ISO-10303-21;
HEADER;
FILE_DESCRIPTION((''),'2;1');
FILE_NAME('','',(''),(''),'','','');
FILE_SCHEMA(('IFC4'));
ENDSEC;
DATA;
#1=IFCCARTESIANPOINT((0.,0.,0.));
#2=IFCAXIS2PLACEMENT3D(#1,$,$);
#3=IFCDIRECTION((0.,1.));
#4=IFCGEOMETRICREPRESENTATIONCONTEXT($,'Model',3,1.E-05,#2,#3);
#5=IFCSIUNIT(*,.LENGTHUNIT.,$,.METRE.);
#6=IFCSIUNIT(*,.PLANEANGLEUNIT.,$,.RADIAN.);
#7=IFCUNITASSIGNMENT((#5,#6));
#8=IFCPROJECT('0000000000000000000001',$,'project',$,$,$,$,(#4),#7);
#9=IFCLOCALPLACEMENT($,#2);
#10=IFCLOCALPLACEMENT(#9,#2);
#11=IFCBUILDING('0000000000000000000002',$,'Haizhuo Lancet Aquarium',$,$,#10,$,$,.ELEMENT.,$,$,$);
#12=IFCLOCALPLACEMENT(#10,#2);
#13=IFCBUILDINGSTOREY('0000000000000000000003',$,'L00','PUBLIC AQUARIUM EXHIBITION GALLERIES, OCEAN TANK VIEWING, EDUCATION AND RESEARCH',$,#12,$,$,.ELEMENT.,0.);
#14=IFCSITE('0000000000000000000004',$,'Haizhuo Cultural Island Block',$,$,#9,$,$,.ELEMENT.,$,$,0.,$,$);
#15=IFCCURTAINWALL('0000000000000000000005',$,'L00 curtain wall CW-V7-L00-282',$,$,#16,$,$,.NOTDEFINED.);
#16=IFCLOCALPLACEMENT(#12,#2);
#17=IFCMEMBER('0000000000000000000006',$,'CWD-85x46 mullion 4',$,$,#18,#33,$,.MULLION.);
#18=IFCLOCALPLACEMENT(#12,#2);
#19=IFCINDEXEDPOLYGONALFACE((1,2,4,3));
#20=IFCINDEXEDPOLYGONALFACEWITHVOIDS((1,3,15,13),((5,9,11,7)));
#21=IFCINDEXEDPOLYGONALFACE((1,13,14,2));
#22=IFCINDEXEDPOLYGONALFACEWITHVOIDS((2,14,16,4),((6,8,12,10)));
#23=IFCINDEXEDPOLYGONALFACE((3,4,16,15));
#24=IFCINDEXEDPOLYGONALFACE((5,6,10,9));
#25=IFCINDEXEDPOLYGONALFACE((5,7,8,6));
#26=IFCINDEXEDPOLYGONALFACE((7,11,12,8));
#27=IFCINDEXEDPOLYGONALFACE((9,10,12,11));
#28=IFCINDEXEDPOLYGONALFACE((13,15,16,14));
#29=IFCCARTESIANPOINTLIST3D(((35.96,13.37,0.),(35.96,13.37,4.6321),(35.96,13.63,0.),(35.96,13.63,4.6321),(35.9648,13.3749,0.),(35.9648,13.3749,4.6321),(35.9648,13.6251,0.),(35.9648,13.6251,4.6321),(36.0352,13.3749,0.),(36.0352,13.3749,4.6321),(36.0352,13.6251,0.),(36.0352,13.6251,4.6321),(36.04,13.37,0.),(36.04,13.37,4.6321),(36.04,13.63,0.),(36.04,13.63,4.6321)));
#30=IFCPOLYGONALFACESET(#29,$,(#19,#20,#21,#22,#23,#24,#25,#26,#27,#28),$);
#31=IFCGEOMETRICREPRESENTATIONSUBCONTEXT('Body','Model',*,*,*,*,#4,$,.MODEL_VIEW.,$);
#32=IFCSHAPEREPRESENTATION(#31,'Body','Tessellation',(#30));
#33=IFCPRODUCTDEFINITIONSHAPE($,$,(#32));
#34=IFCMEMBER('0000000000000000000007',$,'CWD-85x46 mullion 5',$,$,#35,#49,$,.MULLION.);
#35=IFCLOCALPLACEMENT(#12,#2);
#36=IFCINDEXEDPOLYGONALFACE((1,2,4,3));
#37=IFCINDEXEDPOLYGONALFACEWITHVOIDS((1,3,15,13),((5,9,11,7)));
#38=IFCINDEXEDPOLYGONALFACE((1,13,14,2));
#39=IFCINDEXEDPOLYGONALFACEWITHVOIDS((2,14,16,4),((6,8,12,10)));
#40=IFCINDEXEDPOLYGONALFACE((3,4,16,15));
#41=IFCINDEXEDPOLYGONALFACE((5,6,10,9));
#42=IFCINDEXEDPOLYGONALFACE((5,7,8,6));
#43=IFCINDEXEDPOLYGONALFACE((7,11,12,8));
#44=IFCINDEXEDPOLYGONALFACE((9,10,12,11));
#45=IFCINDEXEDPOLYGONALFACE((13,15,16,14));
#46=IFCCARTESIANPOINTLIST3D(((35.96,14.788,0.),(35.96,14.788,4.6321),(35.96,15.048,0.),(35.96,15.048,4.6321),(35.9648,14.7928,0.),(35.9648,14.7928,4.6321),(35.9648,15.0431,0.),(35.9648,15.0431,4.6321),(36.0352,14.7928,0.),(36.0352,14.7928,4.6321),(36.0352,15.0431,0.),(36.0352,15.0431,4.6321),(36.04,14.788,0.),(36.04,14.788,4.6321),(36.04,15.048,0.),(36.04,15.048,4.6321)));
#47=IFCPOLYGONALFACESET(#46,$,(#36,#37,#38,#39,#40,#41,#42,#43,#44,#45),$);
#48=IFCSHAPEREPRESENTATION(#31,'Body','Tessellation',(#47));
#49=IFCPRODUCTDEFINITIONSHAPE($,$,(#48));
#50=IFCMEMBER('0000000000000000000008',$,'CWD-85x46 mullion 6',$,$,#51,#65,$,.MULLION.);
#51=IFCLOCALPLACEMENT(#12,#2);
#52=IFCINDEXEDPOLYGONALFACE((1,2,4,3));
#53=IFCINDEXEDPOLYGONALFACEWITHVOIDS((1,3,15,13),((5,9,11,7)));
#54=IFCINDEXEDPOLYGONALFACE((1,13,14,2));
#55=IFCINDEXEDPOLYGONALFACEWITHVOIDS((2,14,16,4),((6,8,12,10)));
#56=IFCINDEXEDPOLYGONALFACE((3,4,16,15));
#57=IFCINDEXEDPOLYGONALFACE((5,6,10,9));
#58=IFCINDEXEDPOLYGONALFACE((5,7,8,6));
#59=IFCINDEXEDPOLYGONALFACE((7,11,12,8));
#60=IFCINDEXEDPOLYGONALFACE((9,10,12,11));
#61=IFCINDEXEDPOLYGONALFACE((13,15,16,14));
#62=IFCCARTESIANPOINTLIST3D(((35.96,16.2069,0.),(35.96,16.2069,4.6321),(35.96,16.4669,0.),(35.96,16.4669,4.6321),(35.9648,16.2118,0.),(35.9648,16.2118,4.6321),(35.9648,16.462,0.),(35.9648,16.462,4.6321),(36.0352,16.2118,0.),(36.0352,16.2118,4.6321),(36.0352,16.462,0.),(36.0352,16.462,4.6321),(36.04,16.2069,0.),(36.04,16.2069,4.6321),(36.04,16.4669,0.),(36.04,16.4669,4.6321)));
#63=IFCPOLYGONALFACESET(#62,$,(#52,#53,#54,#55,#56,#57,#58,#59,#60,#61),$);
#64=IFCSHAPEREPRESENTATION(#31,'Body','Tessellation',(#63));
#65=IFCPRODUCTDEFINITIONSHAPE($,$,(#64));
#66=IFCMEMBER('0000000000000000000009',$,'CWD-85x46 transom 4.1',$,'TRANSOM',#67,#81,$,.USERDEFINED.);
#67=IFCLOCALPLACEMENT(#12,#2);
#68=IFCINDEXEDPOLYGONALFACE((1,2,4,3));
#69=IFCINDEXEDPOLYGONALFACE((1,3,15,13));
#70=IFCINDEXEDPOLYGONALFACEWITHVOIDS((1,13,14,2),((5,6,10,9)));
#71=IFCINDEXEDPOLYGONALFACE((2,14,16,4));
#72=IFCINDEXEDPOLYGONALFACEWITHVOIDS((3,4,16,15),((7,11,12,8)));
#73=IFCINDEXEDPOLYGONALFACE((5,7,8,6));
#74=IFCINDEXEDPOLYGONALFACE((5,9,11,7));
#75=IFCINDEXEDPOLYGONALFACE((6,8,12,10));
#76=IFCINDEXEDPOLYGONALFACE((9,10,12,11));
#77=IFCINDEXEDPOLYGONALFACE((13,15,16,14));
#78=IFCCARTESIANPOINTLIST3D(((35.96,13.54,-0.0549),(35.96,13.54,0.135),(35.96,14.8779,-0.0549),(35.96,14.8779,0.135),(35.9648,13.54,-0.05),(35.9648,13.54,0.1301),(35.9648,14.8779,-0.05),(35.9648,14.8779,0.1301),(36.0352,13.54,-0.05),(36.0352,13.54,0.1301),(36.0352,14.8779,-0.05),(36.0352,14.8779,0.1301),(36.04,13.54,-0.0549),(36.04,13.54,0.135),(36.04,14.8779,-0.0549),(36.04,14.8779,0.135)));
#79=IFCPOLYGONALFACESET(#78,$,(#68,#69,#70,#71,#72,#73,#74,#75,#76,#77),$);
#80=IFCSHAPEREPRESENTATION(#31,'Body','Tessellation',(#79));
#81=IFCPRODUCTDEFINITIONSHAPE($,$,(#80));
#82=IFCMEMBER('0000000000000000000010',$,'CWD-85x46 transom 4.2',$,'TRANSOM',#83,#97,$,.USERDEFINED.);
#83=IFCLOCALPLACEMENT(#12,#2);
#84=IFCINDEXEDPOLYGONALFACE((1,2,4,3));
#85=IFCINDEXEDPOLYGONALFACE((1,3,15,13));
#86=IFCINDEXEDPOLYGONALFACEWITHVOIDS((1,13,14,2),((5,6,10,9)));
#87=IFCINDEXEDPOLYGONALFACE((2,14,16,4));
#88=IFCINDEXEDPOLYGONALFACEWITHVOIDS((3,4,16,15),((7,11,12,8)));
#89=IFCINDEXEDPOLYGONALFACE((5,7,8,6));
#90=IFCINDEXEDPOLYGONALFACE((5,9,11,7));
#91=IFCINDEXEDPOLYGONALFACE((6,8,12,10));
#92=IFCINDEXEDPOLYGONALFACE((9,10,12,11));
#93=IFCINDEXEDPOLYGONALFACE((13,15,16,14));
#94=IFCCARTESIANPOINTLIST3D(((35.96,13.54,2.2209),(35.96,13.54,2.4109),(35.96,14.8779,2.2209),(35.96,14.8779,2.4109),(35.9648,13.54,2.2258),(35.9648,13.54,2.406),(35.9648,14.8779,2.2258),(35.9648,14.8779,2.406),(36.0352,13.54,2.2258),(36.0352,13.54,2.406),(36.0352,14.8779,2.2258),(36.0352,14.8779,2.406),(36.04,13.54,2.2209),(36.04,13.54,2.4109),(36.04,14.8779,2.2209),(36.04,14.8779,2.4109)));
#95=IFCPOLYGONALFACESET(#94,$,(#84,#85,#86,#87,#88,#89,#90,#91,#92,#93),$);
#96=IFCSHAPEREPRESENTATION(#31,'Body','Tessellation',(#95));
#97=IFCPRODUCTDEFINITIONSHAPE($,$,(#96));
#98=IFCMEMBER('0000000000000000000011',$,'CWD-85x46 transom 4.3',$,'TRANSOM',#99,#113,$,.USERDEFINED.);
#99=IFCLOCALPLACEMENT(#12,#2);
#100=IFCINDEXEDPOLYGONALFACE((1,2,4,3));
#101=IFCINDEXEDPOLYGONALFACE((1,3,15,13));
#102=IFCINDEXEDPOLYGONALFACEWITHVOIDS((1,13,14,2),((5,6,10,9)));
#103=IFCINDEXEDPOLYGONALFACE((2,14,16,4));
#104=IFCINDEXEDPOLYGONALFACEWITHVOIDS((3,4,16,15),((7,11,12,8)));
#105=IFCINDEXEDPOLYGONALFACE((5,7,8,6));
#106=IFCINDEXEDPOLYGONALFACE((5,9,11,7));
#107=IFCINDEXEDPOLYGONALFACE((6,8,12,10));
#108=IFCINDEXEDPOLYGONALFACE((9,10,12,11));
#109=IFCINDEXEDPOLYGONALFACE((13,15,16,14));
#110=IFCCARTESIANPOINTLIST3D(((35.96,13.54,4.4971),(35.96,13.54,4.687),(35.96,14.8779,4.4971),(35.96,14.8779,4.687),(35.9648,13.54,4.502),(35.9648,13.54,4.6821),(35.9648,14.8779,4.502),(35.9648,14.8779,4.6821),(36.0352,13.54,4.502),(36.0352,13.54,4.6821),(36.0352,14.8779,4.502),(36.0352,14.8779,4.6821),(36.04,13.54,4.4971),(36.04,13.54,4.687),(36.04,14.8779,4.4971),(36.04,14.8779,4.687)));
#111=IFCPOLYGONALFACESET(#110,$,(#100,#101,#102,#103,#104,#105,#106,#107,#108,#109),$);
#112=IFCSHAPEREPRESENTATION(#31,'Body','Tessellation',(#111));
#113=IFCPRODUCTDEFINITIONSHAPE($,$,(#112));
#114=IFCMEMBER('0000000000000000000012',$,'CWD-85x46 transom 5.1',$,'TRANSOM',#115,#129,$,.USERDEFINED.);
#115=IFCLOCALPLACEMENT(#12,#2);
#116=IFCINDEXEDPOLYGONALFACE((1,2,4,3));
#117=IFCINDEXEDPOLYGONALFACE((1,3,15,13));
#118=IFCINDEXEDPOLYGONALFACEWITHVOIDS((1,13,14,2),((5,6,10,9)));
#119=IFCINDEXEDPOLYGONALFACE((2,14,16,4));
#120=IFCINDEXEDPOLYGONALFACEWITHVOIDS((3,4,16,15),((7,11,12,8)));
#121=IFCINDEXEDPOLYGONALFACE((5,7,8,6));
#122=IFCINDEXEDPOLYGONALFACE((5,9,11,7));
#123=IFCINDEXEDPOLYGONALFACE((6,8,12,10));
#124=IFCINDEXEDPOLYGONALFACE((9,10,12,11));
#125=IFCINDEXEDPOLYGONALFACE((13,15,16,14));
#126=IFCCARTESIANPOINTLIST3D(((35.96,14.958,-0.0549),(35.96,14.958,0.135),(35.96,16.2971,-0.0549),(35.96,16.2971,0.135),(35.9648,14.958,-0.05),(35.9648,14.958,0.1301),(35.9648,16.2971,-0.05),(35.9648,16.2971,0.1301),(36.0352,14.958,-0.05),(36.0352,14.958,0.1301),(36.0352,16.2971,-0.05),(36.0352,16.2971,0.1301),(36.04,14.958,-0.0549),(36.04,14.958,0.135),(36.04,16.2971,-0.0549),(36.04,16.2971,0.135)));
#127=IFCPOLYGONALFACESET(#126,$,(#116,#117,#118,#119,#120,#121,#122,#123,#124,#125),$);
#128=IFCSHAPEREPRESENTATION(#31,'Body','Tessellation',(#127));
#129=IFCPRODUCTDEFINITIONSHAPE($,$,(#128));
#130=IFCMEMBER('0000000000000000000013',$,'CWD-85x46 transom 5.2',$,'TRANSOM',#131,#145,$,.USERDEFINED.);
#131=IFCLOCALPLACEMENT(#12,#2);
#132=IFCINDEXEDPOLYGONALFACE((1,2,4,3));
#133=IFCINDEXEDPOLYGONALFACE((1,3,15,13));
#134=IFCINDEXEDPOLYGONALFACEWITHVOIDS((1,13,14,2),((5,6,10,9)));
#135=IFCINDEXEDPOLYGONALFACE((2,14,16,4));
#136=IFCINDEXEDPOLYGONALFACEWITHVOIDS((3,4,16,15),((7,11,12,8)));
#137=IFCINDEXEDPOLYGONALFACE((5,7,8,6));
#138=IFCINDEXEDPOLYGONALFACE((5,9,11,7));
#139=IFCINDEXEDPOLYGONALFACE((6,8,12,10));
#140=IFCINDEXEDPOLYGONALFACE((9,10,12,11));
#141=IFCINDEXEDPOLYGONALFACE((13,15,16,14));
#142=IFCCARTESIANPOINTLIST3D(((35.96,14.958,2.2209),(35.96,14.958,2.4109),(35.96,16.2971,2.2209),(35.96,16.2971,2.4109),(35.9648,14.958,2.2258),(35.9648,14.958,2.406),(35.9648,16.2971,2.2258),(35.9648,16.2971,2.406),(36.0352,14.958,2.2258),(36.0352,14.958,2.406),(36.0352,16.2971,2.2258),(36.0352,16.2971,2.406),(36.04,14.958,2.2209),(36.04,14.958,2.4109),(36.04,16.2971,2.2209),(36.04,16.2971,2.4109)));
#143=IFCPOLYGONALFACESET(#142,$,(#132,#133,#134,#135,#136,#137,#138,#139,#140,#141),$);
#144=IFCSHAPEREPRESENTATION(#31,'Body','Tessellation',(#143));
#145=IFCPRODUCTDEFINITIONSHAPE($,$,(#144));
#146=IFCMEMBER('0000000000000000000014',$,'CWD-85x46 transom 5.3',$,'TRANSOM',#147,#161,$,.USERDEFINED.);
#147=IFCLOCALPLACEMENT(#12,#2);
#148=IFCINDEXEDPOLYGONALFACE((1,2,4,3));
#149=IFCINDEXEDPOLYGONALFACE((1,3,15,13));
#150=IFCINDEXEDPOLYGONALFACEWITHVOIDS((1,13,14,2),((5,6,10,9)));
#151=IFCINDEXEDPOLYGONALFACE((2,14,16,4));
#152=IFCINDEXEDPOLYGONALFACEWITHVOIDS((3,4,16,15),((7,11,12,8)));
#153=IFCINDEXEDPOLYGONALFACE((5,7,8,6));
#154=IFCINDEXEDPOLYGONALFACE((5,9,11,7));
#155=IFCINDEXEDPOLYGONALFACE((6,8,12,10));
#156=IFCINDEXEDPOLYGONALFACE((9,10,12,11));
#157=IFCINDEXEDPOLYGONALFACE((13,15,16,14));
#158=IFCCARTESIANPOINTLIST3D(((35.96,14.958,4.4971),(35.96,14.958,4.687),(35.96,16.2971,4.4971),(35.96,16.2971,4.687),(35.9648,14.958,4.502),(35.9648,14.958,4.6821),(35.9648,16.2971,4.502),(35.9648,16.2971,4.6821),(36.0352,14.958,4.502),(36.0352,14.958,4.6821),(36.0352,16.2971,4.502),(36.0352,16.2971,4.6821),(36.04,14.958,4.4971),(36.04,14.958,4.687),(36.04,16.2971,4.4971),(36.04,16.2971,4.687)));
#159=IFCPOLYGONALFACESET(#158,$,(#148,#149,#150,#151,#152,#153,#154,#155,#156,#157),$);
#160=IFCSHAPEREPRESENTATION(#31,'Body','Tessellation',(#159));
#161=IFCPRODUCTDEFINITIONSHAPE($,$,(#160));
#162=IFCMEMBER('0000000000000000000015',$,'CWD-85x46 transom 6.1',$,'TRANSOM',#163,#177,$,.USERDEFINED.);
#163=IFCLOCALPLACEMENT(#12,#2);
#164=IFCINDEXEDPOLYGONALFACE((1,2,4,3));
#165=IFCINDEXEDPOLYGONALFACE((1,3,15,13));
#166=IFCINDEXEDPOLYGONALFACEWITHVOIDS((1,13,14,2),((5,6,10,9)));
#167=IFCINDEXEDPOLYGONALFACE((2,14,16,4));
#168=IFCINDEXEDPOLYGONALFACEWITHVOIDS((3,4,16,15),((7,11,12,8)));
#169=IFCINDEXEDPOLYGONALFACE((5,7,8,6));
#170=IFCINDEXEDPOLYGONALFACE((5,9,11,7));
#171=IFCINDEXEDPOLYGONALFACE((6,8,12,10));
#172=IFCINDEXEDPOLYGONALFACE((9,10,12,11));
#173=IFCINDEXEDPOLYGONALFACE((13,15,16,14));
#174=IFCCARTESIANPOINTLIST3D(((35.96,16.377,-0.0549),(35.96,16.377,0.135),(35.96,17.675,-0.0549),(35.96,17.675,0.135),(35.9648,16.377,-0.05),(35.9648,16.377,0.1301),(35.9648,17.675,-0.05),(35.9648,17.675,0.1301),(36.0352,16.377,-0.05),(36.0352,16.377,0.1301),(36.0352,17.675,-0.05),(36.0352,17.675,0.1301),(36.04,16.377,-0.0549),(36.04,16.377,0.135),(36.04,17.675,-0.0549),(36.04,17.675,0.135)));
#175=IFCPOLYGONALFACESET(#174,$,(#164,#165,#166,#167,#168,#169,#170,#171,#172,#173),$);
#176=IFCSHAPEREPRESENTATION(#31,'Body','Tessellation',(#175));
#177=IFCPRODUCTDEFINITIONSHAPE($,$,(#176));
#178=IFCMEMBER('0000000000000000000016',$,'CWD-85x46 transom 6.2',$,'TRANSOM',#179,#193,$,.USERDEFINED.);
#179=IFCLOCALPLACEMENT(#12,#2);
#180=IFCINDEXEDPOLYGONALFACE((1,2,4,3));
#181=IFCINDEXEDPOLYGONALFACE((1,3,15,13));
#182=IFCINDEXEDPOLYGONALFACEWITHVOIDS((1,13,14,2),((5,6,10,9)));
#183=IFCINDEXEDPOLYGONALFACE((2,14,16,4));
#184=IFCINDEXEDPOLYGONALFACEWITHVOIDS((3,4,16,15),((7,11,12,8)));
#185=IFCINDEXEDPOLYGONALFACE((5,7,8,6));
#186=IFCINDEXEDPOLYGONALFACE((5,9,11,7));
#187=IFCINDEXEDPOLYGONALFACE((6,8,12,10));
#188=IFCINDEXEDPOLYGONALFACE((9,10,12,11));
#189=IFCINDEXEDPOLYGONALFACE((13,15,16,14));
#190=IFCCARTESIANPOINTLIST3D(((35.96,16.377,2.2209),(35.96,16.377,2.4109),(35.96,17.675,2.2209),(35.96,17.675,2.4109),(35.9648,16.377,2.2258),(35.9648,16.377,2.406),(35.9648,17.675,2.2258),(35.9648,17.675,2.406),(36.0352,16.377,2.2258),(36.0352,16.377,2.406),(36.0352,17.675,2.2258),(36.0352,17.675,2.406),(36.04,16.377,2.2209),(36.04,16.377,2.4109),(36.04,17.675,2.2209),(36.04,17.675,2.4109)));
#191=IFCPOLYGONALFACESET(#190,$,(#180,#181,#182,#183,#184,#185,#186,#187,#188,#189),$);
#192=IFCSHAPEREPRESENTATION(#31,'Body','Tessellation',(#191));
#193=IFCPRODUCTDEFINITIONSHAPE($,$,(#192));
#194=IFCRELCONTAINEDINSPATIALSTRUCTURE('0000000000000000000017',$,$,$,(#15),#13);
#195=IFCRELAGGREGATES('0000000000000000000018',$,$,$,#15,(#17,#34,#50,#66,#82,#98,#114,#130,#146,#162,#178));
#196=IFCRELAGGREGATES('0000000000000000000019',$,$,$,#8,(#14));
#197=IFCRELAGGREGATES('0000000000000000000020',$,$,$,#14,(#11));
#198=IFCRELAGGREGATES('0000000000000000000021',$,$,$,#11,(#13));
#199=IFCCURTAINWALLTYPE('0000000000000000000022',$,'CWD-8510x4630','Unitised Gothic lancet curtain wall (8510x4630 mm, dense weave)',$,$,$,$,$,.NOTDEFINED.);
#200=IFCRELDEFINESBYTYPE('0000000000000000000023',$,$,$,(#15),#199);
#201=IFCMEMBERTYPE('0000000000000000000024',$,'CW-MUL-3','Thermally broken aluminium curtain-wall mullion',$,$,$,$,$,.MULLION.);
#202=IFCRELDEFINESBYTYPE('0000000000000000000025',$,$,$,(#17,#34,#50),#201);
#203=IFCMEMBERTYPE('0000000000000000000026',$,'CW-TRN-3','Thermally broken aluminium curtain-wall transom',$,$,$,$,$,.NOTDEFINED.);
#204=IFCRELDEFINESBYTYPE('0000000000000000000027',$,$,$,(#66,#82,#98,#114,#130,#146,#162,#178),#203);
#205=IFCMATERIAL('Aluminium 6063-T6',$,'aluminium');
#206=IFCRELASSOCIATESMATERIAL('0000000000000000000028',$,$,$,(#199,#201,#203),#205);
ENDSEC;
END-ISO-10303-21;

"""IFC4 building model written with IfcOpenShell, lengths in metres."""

from ifc_helpers import new_model, si_unit, direction, frame, origin, origin_2d, place, context, subcontext, project, spatial, hollow_rectangle, extrude, material, material_profile, profile_set, type_object, element, aggregate, save


model = new_model("IFC4")

# Units and contexts
model_context = context("Model", 3, precision=1e-05, world=origin(), true_north=direction((0.0, 1.0)))
body_context = subcontext(model_context, "Body", "Model", "MODEL_VIEW")
ifc_project = project(units=[si_unit("LENGTHUNIT", "METRE"), si_unit("PLANEANGLEUNIT", "RADIAN")], contexts=[model_context])

# Site, building, storey
site_placement = place(None, origin())
site = spatial("IfcSite", under=ifc_project, at=site_placement, Name="Haizhuo Cultural Island Block", CompositionType="ELEMENT", RefElevation=0.0)
building_placement = place(site_placement, origin())
building = spatial("IfcBuilding", under=site, at=building_placement, Name="Haizhuo Lancet Aquarium", CompositionType="ELEMENT")
storey_placement = place(building_placement, origin())
storey = spatial("IfcBuildingStorey", under=building, at=storey_placement, Name="L00", Description="PUBLIC AQUARIUM EXHIBITION GALLERIES, OCEAN TANK VIEWING, EDUCATION AND RESEARCH", CompositionType="ELEMENT", Elevation=0.0)

# Curtain wall, members
ifc_material_1 = material(Name="Aluminium 6063-T6", Category="aluminium")
curtain_wall_type = type_object("IfcCurtainWallType", Name="CWD-8510x4630", Description="Unitised Gothic lancet curtain wall (8510x4630 mm, dense weave)", PredefinedType="NOTDEFINED", material=ifc_material_1)
curtain_wall_placement = place(storey_placement, origin())
curtain_wall = element("IfcCurtainWall", 1, at=curtain_wall_placement, inside=storey, type_object=curtain_wall_type, Name="L00 curtain wall CW-V7-L00-282", PredefinedType="NOTDEFINED")
ifc_material_profile_1 = material_profile(ifc_material_1, hollow_rectangle(XDim=0.0801, YDim=0.26, WallThickness=0.0049, at=origin_2d()), Name="ALU-M 80x260x5")
ifc_profile_set_1 = profile_set([ifc_material_profile_1], Name="Aluminium 6063-T6")
member_type_1 = type_object("IfcMemberType", Name="CW-MUL-3", Description="Thermally broken aluminium curtain-wall mullion", PredefinedType="MULLION", material=ifc_profile_set_1)
member_1_placement = place(storey_placement, frame((36.0, 13.5, 0.0), z_axis=(0.0, 0.0, 1.0), x_axis=(-1.0, 0.0, 0.0)))
member_1 = element("IfcMember", 2, at=member_1_placement, type_object=member_type_1, Name="CWD-85x46 mullion 4", PredefinedType="MULLION", context=body_context, shape_type="SweptSolid", body=[
    extrude(hollow_rectangle(XDim=0.0801, YDim=0.26, WallThickness=0.0049, at=origin_2d()), origin(), (0.0, 0.0, 1.0), 4.6321),
])
member_2_placement = place(storey_placement, frame((36.0, 14.918, 0.0), z_axis=(0.0, 0.0, 1.0), x_axis=(-1.0, 0.0, 0.0)))
member_2 = element("IfcMember", 3, at=member_2_placement, type_object=member_type_1, Name="CWD-85x46 mullion 5", PredefinedType="MULLION", context=body_context, shape_type="SweptSolid", body=[
    extrude(hollow_rectangle(XDim=0.0801, YDim=0.26, WallThickness=0.0049, at=origin_2d()), origin(), (0.0, 0.0, 1.0), 4.6321),
])
member_3_placement = place(storey_placement, frame((36.0, 16.3369, 0.0), z_axis=(0.0, 0.0, 1.0), x_axis=(-1.0, 0.0, 0.0)))
member_3 = element("IfcMember", 4, at=member_3_placement, type_object=member_type_1, Name="CWD-85x46 mullion 6", PredefinedType="MULLION", context=body_context, shape_type="SweptSolid", body=[
    extrude(hollow_rectangle(XDim=0.0801, YDim=0.26, WallThickness=0.0049, at=origin_2d()), origin(), (0.0, 0.0, 1.0), 4.6321),
])
ifc_material_profile_2 = material_profile(ifc_material_1, hollow_rectangle(XDim=0.0801, YDim=0.1899, WallThickness=0.0049, at=origin_2d()), Name="ALU-T 80x190x5")
ifc_profile_set_2 = profile_set([ifc_material_profile_2], Name="Aluminium 6063-T6")
member_type_2 = type_object("IfcMemberType", Name="CW-TRN-3", Description="Thermally broken aluminium curtain-wall transom", PredefinedType="NOTDEFINED", material=ifc_profile_set_2)
member_4_placement = place(storey_placement, frame((36.0, 13.54, 0.04), z_axis=(0.0, 1.0, 0.0), x_axis=(-1.0, 0.0, 0.0)))
member_4 = element("IfcMember", 5, at=member_4_placement, type_object=member_type_2, Name="CWD-85x46 transom 4.1", ObjectType="TRANSOM", PredefinedType="USERDEFINED", context=body_context, shape_type="SweptSolid", body=[
    extrude(hollow_rectangle(XDim=0.0801, YDim=0.1899, WallThickness=0.0049, at=origin_2d()), origin(), (0.0, 0.0, 1.0), 1.3379),
])
member_5_placement = place(storey_placement, frame((36.0, 13.54, 2.3159), z_axis=(0.0, 1.0, 0.0), x_axis=(-1.0, 0.0, 0.0)))
member_5 = element("IfcMember", 6, at=member_5_placement, type_object=member_type_2, Name="CWD-85x46 transom 4.2", ObjectType="TRANSOM", PredefinedType="USERDEFINED", context=body_context, shape_type="SweptSolid", body=[
    extrude(hollow_rectangle(XDim=0.0801, YDim=0.1899, WallThickness=0.0049, at=origin_2d()), origin(), (0.0, 0.0, 1.0), 1.3379),
])
member_6_placement = place(storey_placement, frame((36.0, 13.54, 4.592), z_axis=(0.0, 1.0, 0.0), x_axis=(-1.0, 0.0, 0.0)))
member_6 = element("IfcMember", 7, at=member_6_placement, type_object=member_type_2, Name="CWD-85x46 transom 4.3", ObjectType="TRANSOM", PredefinedType="USERDEFINED", context=body_context, shape_type="SweptSolid", body=[
    extrude(hollow_rectangle(XDim=0.0801, YDim=0.1899, WallThickness=0.0049, at=origin_2d()), origin(), (0.0, 0.0, 1.0), 1.3379),
])
member_7_placement = place(storey_placement, frame((36.0, 14.958, 0.04), z_axis=(0.0, 1.0, 0.0), x_axis=(-1.0, 0.0, 0.0)))
member_7 = element("IfcMember", 8, at=member_7_placement, type_object=member_type_2, Name="CWD-85x46 transom 5.1", ObjectType="TRANSOM", PredefinedType="USERDEFINED", context=body_context, shape_type="SweptSolid", body=[
    extrude(hollow_rectangle(XDim=0.0801, YDim=0.1899, WallThickness=0.0049, at=origin_2d()), origin(), (0.0, 0.0, 1.0), 1.3391),
])
member_8_placement = place(storey_placement, frame((36.0, 14.958, 2.3159), z_axis=(0.0, 1.0, 0.0), x_axis=(-1.0, 0.0, 0.0)))
member_8 = element("IfcMember", 9, at=member_8_placement, type_object=member_type_2, Name="CWD-85x46 transom 5.2", ObjectType="TRANSOM", PredefinedType="USERDEFINED", context=body_context, shape_type="SweptSolid", body=[
    extrude(hollow_rectangle(XDim=0.0801, YDim=0.1899, WallThickness=0.0049, at=origin_2d()), origin(), (0.0, 0.0, 1.0), 1.3391),
])
member_9_placement = place(storey_placement, frame((36.0, 14.958, 4.592), z_axis=(0.0, 1.0, 0.0), x_axis=(-1.0, 0.0, 0.0)))
member_9 = element("IfcMember", 10, at=member_9_placement, type_object=member_type_2, Name="CWD-85x46 transom 5.3", ObjectType="TRANSOM", PredefinedType="USERDEFINED", context=body_context, shape_type="SweptSolid", body=[
    extrude(hollow_rectangle(XDim=0.0801, YDim=0.1899, WallThickness=0.0049, at=origin_2d()), origin(), (0.0, 0.0, 1.0), 1.3391),
])
member_10_placement = place(storey_placement, frame((36.0, 16.377, 0.04), z_axis=(0.0, 1.0, 0.0), x_axis=(-1.0, 0.0, 0.0)))
member_10 = element("IfcMember", 11, at=member_10_placement, type_object=member_type_2, Name="CWD-85x46 transom 6.1", ObjectType="TRANSOM", PredefinedType="USERDEFINED", context=body_context, shape_type="SweptSolid", body=[
    extrude(hollow_rectangle(XDim=0.0801, YDim=0.1899, WallThickness=0.0049, at=origin_2d()), origin(), (0.0, 0.0, 1.0), 1.2981),
])
member_11_placement = place(storey_placement, frame((36.0, 16.377, 2.3159), z_axis=(0.0, 1.0, 0.0), x_axis=(-1.0, 0.0, 0.0)))
member_11 = element("IfcMember", 12, at=member_11_placement, type_object=member_type_2, Name="CWD-85x46 transom 6.2", ObjectType="TRANSOM", PredefinedType="USERDEFINED", context=body_context, shape_type="SweptSolid", body=[
    extrude(hollow_rectangle(XDim=0.0801, YDim=0.1899, WallThickness=0.0049, at=origin_2d()), origin(), (0.0, 0.0, 1.0), 1.2981),
])

aggregate(curtain_wall, [member_1, member_2, member_3, member_4, member_5, member_6, member_7, member_8, member_9, member_10, member_11])

save(model, "model.ifc")
